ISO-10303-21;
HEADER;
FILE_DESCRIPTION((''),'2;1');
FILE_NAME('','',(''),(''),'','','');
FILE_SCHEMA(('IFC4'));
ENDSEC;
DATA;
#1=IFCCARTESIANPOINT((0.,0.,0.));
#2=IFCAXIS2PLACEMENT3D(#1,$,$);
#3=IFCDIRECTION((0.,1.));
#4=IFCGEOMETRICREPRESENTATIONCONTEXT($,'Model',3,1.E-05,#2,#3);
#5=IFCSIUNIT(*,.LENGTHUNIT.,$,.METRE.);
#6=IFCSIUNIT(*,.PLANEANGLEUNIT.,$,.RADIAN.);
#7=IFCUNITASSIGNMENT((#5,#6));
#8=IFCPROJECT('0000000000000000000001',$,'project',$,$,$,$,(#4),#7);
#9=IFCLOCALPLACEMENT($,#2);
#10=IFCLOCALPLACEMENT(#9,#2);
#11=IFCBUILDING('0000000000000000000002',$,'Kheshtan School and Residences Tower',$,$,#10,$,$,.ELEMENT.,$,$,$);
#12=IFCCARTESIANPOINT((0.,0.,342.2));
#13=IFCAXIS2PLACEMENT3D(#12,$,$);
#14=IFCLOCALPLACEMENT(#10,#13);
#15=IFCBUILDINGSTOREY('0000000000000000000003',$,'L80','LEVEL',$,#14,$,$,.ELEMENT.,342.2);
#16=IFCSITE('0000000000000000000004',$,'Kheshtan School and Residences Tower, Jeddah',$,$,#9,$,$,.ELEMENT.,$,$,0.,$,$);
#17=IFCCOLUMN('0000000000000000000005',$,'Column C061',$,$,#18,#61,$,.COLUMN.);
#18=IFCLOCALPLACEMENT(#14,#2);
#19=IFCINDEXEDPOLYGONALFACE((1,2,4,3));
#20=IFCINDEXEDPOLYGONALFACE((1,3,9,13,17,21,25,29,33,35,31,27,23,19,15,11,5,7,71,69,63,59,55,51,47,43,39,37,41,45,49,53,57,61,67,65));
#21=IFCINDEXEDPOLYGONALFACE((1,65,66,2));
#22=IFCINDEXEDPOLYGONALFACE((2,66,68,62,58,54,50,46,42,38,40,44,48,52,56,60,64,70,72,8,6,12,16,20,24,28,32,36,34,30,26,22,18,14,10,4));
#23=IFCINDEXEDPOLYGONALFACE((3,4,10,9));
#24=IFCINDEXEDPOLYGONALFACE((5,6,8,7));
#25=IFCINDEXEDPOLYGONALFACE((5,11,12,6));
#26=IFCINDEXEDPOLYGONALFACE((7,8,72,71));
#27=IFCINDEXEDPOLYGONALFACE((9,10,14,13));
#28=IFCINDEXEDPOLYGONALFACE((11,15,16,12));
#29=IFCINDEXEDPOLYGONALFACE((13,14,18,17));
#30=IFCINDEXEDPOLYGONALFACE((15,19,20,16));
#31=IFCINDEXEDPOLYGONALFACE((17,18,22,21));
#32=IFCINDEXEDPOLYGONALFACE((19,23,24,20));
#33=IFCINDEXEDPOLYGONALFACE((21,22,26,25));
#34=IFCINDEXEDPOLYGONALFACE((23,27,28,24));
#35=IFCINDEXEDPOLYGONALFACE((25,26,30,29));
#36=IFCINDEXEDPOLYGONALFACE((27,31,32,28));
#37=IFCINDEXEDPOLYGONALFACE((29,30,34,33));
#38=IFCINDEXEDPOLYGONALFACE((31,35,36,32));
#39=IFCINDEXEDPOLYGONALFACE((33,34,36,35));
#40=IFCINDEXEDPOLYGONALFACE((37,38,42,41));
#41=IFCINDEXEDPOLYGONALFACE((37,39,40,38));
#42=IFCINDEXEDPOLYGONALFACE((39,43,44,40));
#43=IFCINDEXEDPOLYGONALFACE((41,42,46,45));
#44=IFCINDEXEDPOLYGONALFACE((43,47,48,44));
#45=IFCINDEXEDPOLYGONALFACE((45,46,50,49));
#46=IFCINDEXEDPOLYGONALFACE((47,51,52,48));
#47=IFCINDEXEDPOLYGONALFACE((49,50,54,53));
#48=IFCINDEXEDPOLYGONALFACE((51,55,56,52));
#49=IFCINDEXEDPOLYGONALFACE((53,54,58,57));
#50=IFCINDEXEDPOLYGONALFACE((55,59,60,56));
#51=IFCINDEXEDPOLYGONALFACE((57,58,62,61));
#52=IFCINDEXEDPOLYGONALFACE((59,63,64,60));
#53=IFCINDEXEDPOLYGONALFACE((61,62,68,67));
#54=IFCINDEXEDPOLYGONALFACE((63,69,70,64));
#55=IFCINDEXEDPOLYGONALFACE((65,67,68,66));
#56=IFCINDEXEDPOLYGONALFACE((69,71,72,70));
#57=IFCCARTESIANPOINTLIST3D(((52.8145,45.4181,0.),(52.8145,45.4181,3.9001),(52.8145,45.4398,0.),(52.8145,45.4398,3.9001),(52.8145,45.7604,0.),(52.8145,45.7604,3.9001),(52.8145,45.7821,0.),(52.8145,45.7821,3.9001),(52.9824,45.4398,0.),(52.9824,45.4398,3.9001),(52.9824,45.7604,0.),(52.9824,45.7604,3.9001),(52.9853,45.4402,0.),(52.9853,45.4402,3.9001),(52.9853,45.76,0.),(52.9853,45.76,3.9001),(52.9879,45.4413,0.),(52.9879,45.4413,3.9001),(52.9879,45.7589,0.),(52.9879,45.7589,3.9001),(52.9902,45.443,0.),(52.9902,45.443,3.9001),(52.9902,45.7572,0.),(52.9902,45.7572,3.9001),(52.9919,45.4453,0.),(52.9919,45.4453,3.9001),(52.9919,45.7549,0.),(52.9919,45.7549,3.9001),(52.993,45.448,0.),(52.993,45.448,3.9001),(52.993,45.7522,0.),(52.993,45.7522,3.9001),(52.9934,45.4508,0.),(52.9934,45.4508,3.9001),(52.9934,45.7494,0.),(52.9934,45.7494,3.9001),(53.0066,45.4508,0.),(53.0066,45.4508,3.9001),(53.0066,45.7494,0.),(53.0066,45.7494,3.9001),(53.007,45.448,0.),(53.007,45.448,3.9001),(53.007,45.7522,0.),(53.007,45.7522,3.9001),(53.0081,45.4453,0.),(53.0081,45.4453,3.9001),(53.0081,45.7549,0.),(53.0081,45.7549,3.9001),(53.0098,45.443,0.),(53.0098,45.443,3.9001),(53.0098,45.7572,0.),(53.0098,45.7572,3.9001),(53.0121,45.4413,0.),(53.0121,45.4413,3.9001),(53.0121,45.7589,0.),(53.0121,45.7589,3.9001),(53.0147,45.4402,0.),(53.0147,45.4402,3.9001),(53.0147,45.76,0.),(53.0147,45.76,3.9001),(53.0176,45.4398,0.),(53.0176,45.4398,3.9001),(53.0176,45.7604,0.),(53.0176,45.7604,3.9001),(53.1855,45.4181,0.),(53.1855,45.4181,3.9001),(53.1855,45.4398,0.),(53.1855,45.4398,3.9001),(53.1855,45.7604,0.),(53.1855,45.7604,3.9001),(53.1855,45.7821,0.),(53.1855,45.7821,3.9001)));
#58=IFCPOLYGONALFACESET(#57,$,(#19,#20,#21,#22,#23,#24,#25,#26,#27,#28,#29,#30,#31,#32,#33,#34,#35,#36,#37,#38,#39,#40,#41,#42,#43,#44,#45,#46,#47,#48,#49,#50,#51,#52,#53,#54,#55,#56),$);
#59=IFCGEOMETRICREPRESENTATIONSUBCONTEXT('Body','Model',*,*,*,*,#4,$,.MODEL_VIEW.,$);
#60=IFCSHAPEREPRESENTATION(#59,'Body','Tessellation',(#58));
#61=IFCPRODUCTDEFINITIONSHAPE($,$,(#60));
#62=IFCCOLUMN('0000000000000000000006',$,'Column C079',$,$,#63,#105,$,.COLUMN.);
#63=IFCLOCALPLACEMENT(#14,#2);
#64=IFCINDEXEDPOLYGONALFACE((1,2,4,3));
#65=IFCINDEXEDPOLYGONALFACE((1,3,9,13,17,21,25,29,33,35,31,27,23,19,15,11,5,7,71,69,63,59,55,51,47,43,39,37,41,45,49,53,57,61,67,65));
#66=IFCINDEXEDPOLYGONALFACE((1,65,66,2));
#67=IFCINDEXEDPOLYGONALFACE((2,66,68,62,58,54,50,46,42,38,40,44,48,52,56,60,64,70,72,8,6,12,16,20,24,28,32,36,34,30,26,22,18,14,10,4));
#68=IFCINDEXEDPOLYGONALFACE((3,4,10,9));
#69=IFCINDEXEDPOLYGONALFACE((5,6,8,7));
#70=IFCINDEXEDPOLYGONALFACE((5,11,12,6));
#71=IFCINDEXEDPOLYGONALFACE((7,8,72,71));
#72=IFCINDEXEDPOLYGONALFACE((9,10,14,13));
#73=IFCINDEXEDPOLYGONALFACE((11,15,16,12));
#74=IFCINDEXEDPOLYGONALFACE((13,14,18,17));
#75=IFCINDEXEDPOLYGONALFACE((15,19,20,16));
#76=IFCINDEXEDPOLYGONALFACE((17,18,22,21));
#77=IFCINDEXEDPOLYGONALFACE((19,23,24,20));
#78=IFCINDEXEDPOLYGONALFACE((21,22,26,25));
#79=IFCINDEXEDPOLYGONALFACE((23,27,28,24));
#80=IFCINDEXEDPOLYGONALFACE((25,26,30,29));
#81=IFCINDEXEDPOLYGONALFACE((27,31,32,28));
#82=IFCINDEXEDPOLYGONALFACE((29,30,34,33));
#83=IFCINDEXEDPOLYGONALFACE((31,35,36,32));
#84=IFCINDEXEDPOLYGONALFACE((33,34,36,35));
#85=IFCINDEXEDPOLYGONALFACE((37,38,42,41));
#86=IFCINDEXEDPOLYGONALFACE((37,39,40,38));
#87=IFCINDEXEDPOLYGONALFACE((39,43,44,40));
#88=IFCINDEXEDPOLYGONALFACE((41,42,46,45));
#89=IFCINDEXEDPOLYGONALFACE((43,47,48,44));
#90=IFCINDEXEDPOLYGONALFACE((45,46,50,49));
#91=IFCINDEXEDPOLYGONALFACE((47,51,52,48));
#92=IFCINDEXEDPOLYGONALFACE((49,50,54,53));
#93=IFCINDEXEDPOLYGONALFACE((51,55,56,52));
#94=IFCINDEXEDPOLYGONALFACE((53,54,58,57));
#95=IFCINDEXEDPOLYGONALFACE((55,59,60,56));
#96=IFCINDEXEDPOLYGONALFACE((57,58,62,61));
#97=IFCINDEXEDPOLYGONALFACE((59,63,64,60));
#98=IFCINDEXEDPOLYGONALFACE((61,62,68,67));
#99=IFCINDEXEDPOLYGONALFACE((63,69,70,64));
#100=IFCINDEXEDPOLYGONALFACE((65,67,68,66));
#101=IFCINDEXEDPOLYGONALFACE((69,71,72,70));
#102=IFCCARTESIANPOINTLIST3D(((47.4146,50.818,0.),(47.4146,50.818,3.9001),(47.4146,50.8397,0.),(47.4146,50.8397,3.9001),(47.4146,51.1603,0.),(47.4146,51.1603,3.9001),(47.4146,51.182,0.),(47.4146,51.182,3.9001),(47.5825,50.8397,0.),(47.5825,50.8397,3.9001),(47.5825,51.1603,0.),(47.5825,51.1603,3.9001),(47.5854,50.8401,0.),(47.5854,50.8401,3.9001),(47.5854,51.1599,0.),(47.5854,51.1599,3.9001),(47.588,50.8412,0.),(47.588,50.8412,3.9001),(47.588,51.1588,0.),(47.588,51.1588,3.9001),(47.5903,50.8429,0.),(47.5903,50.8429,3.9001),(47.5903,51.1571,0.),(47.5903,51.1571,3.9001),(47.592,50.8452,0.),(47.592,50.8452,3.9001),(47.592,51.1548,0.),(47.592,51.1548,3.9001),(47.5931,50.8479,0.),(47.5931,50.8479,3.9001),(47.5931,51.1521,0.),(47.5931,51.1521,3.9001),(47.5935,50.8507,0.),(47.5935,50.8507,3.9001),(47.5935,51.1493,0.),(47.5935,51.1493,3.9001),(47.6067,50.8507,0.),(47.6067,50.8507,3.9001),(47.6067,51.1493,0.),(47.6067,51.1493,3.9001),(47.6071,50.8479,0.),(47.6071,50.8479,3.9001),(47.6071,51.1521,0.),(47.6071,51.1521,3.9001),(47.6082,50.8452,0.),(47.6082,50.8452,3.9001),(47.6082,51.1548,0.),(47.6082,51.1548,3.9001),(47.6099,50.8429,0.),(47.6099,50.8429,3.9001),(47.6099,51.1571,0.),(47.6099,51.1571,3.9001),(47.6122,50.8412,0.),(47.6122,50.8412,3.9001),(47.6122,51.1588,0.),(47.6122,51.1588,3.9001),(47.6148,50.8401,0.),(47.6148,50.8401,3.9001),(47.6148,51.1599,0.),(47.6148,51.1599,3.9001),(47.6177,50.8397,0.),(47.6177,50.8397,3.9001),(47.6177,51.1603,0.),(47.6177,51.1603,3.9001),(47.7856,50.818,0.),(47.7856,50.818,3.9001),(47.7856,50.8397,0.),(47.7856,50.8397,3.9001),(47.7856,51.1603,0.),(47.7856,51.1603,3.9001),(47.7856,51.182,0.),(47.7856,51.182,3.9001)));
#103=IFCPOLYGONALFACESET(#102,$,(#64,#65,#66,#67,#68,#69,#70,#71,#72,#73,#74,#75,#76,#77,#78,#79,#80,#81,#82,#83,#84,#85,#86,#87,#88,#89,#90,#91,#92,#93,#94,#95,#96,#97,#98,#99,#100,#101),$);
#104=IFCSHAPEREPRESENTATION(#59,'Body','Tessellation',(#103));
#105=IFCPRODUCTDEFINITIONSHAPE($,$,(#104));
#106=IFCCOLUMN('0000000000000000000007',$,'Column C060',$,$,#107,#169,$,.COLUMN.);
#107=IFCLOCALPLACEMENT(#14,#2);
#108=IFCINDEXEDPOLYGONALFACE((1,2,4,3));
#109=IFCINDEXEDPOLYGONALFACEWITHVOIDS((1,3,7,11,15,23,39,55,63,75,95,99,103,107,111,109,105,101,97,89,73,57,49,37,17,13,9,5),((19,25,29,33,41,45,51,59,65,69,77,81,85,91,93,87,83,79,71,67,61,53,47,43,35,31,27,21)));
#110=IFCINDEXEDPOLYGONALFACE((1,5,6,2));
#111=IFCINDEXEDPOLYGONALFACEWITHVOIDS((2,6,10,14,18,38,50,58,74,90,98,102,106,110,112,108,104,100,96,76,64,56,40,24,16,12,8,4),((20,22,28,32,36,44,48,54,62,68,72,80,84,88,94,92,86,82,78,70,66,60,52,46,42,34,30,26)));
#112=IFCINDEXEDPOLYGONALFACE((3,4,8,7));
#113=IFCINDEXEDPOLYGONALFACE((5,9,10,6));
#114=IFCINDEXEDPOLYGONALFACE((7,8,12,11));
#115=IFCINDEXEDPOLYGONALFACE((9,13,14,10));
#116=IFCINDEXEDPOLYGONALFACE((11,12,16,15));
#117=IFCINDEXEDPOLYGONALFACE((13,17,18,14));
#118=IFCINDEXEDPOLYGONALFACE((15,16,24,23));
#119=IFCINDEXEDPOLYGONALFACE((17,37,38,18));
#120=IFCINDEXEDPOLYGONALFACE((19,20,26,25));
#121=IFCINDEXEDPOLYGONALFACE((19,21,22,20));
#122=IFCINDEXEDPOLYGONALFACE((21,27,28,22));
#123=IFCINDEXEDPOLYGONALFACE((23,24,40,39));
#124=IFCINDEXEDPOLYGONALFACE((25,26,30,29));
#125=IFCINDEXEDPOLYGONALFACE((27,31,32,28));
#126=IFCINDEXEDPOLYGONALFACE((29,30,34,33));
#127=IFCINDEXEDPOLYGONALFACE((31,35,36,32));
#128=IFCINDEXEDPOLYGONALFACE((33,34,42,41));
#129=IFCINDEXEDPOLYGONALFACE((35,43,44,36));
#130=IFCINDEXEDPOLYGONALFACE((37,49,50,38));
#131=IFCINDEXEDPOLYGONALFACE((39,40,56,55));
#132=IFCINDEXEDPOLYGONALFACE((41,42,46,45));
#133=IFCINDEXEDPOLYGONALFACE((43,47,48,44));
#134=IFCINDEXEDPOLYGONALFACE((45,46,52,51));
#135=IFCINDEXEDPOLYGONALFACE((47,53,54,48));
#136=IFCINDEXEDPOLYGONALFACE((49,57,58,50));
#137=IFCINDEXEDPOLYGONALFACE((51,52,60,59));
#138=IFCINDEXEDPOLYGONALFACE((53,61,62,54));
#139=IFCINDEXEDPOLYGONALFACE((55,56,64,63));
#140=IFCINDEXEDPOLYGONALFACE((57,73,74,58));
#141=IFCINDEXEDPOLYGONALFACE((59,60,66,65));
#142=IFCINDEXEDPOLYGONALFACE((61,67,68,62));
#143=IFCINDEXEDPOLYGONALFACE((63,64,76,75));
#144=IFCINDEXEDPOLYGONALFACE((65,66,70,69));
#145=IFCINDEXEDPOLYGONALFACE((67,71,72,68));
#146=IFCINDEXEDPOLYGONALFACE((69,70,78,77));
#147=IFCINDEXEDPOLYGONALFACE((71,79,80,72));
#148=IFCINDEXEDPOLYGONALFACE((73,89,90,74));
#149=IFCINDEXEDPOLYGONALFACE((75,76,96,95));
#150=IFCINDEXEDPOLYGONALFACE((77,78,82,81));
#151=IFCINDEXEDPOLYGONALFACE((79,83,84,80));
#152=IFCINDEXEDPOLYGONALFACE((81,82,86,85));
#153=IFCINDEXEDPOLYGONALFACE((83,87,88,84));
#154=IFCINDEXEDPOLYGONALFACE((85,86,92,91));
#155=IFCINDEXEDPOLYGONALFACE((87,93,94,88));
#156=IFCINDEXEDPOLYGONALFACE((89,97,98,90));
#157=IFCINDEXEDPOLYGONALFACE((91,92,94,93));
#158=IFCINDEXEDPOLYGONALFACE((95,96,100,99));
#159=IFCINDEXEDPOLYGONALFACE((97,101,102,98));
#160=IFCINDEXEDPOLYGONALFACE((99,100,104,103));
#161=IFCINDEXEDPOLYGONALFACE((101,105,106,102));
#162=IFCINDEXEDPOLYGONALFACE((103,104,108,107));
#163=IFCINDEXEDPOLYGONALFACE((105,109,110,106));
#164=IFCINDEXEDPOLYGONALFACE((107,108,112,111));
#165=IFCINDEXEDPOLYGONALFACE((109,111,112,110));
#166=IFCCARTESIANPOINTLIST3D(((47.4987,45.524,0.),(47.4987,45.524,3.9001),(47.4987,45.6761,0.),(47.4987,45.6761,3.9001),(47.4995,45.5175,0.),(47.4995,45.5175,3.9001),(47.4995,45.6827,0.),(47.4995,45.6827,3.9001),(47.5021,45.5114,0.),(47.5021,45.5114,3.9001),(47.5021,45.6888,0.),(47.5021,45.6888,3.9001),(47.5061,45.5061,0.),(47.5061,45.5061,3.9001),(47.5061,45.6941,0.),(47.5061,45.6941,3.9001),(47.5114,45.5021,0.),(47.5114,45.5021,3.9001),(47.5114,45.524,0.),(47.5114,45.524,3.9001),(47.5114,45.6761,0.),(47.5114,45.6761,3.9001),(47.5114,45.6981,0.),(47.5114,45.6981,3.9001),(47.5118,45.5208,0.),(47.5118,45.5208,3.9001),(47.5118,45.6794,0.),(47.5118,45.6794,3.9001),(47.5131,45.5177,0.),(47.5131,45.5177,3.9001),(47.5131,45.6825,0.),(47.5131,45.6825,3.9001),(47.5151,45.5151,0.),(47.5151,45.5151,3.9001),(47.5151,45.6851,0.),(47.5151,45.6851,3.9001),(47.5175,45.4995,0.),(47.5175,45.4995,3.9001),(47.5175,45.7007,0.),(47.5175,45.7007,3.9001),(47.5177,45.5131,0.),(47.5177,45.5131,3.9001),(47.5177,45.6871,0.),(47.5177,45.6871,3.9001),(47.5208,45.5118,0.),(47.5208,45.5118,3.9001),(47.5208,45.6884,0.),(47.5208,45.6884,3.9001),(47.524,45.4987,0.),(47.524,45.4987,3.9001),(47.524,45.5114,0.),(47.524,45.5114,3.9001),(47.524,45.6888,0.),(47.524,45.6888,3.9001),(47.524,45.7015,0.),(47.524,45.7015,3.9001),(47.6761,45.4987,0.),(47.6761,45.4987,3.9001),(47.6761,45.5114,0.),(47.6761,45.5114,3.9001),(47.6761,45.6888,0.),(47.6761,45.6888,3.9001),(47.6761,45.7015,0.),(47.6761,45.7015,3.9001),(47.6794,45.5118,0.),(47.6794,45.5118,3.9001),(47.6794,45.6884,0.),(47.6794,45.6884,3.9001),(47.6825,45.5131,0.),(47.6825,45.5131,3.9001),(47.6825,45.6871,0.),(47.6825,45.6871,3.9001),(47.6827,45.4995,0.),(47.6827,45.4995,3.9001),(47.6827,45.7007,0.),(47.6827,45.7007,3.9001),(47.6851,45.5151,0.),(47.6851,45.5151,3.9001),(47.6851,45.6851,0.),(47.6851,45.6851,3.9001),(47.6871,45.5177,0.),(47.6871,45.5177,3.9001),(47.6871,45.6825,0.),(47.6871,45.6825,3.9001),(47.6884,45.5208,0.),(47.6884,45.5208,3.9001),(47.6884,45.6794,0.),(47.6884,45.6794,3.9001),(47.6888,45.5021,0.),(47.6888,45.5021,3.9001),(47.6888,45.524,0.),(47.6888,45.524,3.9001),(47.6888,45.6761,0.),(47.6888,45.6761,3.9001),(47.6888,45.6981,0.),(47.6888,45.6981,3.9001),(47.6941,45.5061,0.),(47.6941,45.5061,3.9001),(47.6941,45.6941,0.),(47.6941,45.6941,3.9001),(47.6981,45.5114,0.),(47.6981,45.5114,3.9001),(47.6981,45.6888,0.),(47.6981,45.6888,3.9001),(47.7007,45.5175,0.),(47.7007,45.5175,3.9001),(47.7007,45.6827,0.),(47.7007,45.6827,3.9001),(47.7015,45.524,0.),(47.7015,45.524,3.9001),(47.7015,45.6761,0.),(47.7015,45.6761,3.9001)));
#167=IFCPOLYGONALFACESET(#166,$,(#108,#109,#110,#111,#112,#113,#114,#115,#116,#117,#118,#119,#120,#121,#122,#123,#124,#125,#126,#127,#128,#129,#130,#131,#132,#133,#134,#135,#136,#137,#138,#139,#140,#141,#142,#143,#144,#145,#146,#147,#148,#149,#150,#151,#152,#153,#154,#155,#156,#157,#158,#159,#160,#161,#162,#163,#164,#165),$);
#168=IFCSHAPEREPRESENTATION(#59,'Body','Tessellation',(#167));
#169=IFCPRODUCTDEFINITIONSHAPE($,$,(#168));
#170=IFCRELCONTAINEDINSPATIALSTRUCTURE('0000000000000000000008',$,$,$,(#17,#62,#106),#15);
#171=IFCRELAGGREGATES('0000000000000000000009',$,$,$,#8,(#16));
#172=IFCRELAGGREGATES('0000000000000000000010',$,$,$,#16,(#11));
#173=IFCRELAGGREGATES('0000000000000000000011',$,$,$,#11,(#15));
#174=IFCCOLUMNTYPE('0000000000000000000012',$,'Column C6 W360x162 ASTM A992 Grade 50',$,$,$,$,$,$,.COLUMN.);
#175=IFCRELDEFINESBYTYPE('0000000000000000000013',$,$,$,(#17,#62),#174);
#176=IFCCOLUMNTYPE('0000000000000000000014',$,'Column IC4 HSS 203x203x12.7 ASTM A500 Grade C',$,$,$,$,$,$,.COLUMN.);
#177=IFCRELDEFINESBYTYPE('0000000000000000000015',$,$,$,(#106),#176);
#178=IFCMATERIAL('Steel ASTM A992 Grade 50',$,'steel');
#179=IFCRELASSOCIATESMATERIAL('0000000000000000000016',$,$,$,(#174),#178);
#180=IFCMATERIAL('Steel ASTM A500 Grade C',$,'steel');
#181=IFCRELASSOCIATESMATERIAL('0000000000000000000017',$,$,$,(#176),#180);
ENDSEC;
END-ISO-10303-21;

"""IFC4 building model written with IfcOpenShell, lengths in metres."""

from ifc_helpers import new_model, si_unit, direction, frame, origin, origin_2d, place, context, subcontext, project, spatial, hollow_rectangle, i_section, extrude, material, material_profile, profile_set, type_object, element, save


model = new_model("IFC4")

# Units and contexts
model_context = context("Model", 3, precision=1e-05, world=origin(), true_north=direction((0.0, 1.0)))
body_context = subcontext(model_context, "Body", "Model", "MODEL_VIEW")
ifc_project = project(units=[si_unit("LENGTHUNIT", "METRE"), si_unit("PLANEANGLEUNIT", "RADIAN")], contexts=[model_context])

# Site, building, storey
site_placement = place(None, origin())
site = spatial("IfcSite", under=ifc_project, at=site_placement, Name="Kheshtan School and Residences Tower, Jeddah", CompositionType="ELEMENT", RefElevation=0.0)
building_placement = place(site_placement, origin())
building = spatial("IfcBuilding", under=site, at=building_placement, Name="Kheshtan School and Residences Tower", CompositionType="ELEMENT")
storey_placement = place(building_placement, frame((0.0, 0.0, 342.2)))
storey = spatial("IfcBuildingStorey", under=building, at=storey_placement, Name="L80", Description="LEVEL", CompositionType="ELEMENT", Elevation=342.2)

# Columns
ifc_material_1 = material(Name="Steel ASTM A992 Grade 50", Category="steel")
ifc_material_profile_1 = material_profile(ifc_material_1, i_section(OverallWidth=0.3711, OverallDepth=0.364, WebThickness=0.0132, FlangeThickness=0.0217, FilletRadius=0.011, at=origin_2d()), Name="W360x162")
ifc_profile_set_1 = profile_set([ifc_material_profile_1], Name="Steel ASTM A992 Grade 50")
column_type_1 = type_object("IfcColumnType", Name="Column C6 W360x162 ASTM A992 Grade 50", PredefinedType="COLUMN", material=ifc_profile_set_1)
for number, where, z_axis, x_axis, name in (
    (1, (53.0, 45.6001, 0.0), (0.0, 0.0, 1.0), (1.0, 0.0, 0.0), "Column C061"),
    (2, (47.6001, 51.0, 0.0), (0.0, 0.0, 1.0), (1.0, 0.0, 0.0), "Column C079"),
):
    element("IfcColumn", number, at=place(storey_placement, frame(where, z_axis=z_axis, x_axis=x_axis)), inside=storey, type_object=column_type_1, Name=name, PredefinedType="COLUMN", context=body_context, shape_type="SweptSolid", body=[
        extrude(i_section(OverallWidth=0.3711, OverallDepth=0.364, WebThickness=0.0132, FlangeThickness=0.0217, FilletRadius=0.011, at=origin_2d()), origin(), (0.0, 0.0, 1.0), 3.9001),
    ])
ifc_material_2 = material(Name="Steel ASTM A500 Grade C", Category="steel")
ifc_material_profile_2 = material_profile(ifc_material_2, hollow_rectangle(XDim=0.2029, YDim=0.2029, WallThickness=0.0127, InnerFilletRadius=0.0127, OuterFilletRadius=0.0254, at=origin_2d()), Name="HSS 203x203x12.7")
ifc_profile_set_2 = profile_set([ifc_material_profile_2], Name="Steel ASTM A500 Grade C")
column_type_2 = type_object("IfcColumnType", Name="Column IC4 HSS 203x203x12.7 ASTM A500 Grade C", PredefinedType="COLUMN", material=ifc_profile_set_2)
column_placement = place(storey_placement, frame((47.6001, 45.6001, 0.0), z_axis=(0.0, 0.0, 1.0), x_axis=(1.0, 0.0, 0.0)))
element("IfcColumn", 3, at=column_placement, inside=storey, type_object=column_type_2, Name="Column C060", PredefinedType="COLUMN", context=body_context, shape_type="SweptSolid", body=[
    extrude(hollow_rectangle(XDim=0.2029, YDim=0.2029, WallThickness=0.0127, InnerFilletRadius=0.0127, OuterFilletRadius=0.0254, at=origin_2d()), origin(), (0.0, 0.0, 1.0), 3.9001),
])

save(model, "model.ifc")
